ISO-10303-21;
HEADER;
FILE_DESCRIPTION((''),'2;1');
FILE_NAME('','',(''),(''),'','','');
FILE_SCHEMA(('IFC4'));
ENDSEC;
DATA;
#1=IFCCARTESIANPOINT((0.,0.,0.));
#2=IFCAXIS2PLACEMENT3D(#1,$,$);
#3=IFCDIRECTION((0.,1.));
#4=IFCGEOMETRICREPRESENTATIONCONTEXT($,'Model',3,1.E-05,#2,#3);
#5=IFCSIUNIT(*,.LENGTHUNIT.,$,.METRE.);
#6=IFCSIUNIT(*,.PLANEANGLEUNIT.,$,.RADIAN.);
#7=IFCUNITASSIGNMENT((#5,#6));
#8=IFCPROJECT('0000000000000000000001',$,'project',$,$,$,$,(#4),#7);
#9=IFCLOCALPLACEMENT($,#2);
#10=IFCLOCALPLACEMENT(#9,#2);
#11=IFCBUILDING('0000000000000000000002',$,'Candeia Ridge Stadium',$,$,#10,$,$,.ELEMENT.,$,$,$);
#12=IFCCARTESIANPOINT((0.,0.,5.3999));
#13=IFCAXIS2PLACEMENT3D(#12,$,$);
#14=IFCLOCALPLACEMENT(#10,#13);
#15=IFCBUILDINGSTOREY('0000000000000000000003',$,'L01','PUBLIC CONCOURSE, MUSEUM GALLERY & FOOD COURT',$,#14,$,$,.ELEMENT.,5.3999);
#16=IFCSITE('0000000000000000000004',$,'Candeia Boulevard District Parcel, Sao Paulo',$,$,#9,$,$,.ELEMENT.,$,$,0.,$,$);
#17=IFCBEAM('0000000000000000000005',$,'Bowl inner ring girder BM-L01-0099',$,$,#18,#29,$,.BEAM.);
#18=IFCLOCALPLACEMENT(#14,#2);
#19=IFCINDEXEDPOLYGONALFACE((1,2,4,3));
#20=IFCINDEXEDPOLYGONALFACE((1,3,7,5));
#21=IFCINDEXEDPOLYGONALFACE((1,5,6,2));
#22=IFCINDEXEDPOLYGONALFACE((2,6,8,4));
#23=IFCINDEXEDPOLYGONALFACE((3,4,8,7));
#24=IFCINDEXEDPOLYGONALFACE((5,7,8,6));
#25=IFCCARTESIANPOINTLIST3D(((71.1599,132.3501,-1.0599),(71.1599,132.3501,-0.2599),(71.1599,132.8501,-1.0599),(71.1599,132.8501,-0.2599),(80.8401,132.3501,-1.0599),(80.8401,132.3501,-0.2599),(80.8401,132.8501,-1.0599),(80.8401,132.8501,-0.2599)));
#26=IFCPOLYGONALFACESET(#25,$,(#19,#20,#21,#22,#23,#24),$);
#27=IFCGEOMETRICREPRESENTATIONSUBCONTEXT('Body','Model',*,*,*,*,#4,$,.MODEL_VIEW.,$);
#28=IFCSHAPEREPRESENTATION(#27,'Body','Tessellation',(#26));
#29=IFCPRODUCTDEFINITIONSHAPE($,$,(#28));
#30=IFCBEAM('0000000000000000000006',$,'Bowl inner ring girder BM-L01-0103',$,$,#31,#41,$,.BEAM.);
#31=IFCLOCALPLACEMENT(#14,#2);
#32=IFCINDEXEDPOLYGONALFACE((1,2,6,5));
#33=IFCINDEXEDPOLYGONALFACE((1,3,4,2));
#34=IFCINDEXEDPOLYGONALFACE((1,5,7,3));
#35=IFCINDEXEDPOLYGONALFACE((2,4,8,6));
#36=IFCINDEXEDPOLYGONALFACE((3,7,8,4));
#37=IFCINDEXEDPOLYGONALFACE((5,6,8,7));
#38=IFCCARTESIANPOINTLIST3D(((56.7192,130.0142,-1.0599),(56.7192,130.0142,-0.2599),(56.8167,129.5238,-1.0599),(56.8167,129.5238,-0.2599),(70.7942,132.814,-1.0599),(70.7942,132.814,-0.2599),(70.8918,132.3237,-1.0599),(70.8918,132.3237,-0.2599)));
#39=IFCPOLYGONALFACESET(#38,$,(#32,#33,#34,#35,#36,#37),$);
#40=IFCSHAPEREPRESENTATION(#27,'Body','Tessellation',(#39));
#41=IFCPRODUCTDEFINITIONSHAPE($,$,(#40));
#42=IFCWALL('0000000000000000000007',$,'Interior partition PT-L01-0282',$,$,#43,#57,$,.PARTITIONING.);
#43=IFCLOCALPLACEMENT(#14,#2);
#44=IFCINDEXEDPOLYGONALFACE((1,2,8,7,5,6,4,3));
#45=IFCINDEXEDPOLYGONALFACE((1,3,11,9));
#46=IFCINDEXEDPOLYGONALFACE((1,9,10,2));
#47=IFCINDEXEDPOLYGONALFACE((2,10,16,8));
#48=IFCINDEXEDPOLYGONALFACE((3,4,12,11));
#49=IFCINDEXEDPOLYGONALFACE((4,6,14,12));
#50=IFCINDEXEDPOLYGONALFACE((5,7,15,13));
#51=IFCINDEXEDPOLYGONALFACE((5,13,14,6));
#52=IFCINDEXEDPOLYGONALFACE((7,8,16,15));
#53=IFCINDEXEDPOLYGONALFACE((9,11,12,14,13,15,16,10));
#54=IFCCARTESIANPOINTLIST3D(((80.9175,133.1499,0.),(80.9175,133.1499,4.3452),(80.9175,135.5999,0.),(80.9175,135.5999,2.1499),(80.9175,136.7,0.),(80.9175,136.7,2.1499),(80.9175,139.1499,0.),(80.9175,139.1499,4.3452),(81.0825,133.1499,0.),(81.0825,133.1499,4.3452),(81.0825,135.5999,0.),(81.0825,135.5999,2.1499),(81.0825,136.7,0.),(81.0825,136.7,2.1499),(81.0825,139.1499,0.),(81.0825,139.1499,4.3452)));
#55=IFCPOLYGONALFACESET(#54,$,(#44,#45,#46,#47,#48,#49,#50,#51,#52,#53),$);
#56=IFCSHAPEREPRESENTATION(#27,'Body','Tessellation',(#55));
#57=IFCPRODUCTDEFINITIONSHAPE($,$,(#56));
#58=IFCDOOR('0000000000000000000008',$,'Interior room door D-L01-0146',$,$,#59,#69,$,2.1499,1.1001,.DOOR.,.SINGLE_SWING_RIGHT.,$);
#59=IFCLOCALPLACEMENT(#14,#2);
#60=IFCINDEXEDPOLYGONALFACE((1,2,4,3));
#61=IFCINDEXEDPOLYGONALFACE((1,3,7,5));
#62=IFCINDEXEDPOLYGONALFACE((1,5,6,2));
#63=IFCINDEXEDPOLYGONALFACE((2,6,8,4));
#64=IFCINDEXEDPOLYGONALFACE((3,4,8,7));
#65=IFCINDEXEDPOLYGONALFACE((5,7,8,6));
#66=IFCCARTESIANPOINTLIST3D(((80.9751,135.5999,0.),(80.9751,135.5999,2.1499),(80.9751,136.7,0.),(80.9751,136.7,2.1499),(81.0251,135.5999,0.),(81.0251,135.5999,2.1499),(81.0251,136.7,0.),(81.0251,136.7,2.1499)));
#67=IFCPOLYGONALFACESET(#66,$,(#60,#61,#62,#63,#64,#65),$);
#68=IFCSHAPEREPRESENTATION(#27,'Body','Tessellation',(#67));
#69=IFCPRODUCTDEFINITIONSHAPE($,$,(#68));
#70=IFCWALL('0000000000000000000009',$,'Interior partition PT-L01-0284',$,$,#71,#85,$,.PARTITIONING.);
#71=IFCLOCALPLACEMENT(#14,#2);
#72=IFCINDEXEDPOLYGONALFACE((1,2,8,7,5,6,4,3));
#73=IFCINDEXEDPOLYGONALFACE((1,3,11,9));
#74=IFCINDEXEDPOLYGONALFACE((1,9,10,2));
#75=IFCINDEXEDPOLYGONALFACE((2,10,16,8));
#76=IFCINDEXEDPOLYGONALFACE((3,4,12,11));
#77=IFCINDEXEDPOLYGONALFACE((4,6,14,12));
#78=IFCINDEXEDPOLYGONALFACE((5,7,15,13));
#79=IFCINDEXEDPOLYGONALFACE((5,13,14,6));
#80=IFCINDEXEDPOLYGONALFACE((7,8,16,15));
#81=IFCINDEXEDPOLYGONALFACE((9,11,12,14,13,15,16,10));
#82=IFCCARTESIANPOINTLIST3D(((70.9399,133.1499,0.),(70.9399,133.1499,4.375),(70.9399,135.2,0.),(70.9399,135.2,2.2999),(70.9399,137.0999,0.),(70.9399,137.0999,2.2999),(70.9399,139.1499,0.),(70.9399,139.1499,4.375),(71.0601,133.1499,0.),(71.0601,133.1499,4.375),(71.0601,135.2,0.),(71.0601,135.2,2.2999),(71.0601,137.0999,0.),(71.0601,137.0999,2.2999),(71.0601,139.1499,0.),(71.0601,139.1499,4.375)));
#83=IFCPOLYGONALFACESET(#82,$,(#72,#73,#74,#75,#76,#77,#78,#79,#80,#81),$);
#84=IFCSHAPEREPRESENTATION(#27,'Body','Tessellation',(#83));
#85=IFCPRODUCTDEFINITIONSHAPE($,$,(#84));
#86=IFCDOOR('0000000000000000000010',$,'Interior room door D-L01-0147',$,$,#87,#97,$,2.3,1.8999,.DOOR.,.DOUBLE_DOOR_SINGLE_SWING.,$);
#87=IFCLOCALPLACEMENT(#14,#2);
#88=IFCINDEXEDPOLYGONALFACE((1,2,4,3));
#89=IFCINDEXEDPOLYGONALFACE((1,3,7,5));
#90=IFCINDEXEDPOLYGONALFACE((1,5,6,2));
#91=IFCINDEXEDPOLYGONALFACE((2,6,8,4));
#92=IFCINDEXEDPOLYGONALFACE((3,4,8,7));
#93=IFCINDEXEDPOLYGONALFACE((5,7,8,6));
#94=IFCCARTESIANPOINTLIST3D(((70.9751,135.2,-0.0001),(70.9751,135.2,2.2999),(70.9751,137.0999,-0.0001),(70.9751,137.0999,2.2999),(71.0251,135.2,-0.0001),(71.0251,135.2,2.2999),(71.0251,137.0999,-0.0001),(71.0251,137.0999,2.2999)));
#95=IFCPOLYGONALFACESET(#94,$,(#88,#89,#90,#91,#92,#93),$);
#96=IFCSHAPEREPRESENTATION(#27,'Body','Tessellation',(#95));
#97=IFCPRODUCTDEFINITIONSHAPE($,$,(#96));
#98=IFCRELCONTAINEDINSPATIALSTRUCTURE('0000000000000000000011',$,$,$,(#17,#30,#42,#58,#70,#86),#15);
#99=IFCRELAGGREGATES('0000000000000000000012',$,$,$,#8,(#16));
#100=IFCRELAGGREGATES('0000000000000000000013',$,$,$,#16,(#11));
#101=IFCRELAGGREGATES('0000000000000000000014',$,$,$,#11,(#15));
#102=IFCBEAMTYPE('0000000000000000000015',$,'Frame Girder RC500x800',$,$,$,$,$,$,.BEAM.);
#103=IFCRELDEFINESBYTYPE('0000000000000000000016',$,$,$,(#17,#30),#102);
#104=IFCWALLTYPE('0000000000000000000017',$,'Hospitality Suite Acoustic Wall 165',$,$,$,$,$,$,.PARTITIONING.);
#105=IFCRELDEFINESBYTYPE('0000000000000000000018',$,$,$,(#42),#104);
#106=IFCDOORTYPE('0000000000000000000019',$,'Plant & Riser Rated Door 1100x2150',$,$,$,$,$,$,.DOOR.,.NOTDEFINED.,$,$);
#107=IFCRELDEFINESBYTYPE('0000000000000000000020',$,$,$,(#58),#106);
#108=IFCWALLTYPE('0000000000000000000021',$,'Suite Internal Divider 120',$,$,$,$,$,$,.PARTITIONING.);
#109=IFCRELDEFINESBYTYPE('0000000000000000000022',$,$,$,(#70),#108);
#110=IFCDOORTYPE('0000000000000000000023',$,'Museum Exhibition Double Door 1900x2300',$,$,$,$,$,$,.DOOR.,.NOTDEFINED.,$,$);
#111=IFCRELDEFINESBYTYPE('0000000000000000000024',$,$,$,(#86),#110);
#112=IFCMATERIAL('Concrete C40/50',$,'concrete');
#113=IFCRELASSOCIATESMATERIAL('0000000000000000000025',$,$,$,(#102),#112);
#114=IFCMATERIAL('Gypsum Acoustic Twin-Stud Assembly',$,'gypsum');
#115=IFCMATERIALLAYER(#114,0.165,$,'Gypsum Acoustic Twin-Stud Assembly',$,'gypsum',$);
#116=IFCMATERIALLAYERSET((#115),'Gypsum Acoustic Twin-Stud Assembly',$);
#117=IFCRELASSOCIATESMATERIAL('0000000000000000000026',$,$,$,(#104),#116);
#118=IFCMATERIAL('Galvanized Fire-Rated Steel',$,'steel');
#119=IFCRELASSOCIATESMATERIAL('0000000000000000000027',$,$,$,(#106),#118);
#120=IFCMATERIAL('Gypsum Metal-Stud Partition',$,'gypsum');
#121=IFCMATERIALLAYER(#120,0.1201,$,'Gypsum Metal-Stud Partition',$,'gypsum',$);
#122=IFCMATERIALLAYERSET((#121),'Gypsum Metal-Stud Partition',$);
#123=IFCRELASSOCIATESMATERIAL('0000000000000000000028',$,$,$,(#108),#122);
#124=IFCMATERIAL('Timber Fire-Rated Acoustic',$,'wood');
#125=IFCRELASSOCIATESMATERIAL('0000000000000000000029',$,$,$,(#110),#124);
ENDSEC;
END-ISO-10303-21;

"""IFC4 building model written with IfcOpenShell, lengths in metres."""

from ifc_helpers import new_model, si_unit, direction, frame, frame_2d, origin, origin_2d, place, context, subcontext, project, spatial, rectangle, extrude, material, layer, layer_set, material_profile, profile_set, type_object, element, fill, save


model = new_model("IFC4")

# Units and contexts
model_context = context("Model", 3, precision=1e-05, world=origin(), true_north=direction((0.0, 1.0)))
body_context = subcontext(model_context, "Body", "Model", "MODEL_VIEW")
ifc_project = project(units=[si_unit("LENGTHUNIT", "METRE"), si_unit("PLANEANGLEUNIT", "RADIAN")], contexts=[model_context])

# Site, building, storey
site_placement = place(None, origin())
site = spatial("IfcSite", under=ifc_project, at=site_placement, Name="Candeia Boulevard District Parcel, Sao Paulo", CompositionType="ELEMENT", RefElevation=0.0)
building_placement = place(site_placement, origin())
building = spatial("IfcBuilding", under=site, at=building_placement, Name="Candeia Ridge Stadium", CompositionType="ELEMENT")
storey_placement = place(building_placement, frame((0.0, 0.0, 5.3999)))
storey = spatial("IfcBuildingStorey", under=building, at=storey_placement, Name="L01", Description="PUBLIC CONCOURSE, MUSEUM GALLERY & FOOD COURT", CompositionType="ELEMENT", Elevation=5.3999)

# Shared definitions
ifc_material_1 = material(Name="Concrete C40/50", Category="concrete")

# Beams
ifc_material_profile_1 = material_profile(ifc_material_1, rectangle(XDim=0.5, YDim=0.8, at=origin_2d()), Name="RC500x800", Category="concrete")
ifc_profile_set_1 = profile_set([ifc_material_profile_1], Name="Concrete C40/50")
beam_type_1 = type_object("IfcBeamType", Name="Frame Girder RC500x800", PredefinedType="BEAM", material=ifc_profile_set_1)
for number, where, z_axis, x_axis, name in (
    (1, (80.8401, 132.6001, -0.6599), (-1.0, 0.0, 0.0), (0.0, -1.0, 0.0), "Bowl inner ring girder BM-L01-0099"),
):
    element("IfcBeam", number, at=place(storey_placement, frame(where, z_axis=z_axis, x_axis=x_axis)), inside=storey, type_object=beam_type_1, Name=name, PredefinedType="BEAM", context=body_context, shape_type="SweptSolid", body=[
        extrude(rectangle(XDim=0.5, YDim=0.8, at=origin_2d()), origin(), (0.0, 0.0, 1.0), 9.6802),
    ])
beam_1_placement = place(storey_placement, frame((70.843, 132.5688, -0.6599), z_axis=(-0.980784, -0.195099, 0.0), x_axis=(0.195099, -0.980784, 0.0)))
element("IfcBeam", 2, at=beam_1_placement, inside=storey, type_object=beam_type_1, Name="Bowl inner ring girder BM-L01-0103", PredefinedType="BEAM", context=body_context, shape_type="SweptSolid", body=[
    extrude(rectangle(XDim=0.5, YDim=0.8, at=origin_2d()), origin(), (0.0, 0.0, 1.0), 14.3508),
])

# Walls, openings, doors
ifc_material_2 = material(Name="Gypsum Acoustic Twin-Stud Assembly", Category="gypsum")
ifc_layer_1 = layer(ifc_material_2, 0.165, Name="Gypsum Acoustic Twin-Stud Assembly", Category="gypsum")
ifc_layer_set_1 = layer_set([ifc_layer_1], Name="Gypsum Acoustic Twin-Stud Assembly")
wall_type_1 = type_object("IfcWallType", Name="Hospitality Suite Acoustic Wall 165", PredefinedType="PARTITIONING", material=ifc_layer_set_1)
wall_1_placement = place(storey_placement, frame((81.0, 133.1499, 0.0), z_axis=(0.0, 0.0, 1.0), x_axis=(0.0, 1.0, 0.0)))
wall_1 = element("IfcWall", 3, at=wall_1_placement, inside=storey, type_object=wall_type_1, Name="Interior partition PT-L01-0282", PredefinedType="PARTITIONING", context=body_context, shape_type="SweptSolid", body=[
    extrude(rectangle(XDim=6.0, YDim=0.165, at=frame_2d((3.0, 0.0))), origin(), (0.0, 0.0, 1.0), 4.3452),
])
opening_1_placement = place(wall_1_placement, frame((2.45, 0.0, 0.0)))
opening_1 = element("IfcOpeningElement", 4, at=opening_1_placement, cuts=wall_1, PredefinedType="OPENING", context=body_context, shape_type="SweptSolid", body=[
    extrude(rectangle(XDim=1.1001, YDim=2.1499, at=frame_2d((0.55, 1.075))), frame((0.0, 0.0925, 0.0), z_axis=(0.0, -1.0, 0.0), x_axis=(1.0, 0.0, 0.0)), (0.0, 0.0, 1.0), 0.1851),
])
ifc_material_3 = material(Name="Galvanized Fire-Rated Steel", Category="steel")
door_type_1 = type_object("IfcDoorType", Name="Plant & Riser Rated Door 1100x2150", OperationType="NOTDEFINED", PredefinedType="DOOR", material=ifc_material_3)
door_1_placement = place(opening_1_placement, origin())
door_1 = element("IfcDoor", 5, at=door_1_placement, inside=storey, type_object=door_type_1, Name="Interior room door D-L01-0146", OperationType="SINGLE_SWING_RIGHT", OverallHeight=2.1499, OverallWidth=1.1001, PredefinedType="DOOR", context=body_context, shape_type="SweptSolid", body=[
    extrude(rectangle(XDim=1.1001, YDim=2.1499, at=frame_2d((0.55, 1.075))), frame((0.0, 0.0249, 0.0), z_axis=(0.0, -1.0, 0.0), x_axis=(1.0, 0.0, 0.0)), (0.0, 0.0, 1.0), 0.05),
])
fill(opening_1, door_1)
ifc_material_4 = material(Name="Gypsum Metal-Stud Partition", Category="gypsum")
ifc_layer_2 = layer(ifc_material_4, 0.1201, Name="Gypsum Metal-Stud Partition", Category="gypsum")
ifc_layer_set_2 = layer_set([ifc_layer_2], Name="Gypsum Metal-Stud Partition")
wall_type_2 = type_object("IfcWallType", Name="Suite Internal Divider 120", PredefinedType="PARTITIONING", material=ifc_layer_set_2)
wall_2_placement = place(storey_placement, frame((71.0, 133.1499, 0.0), z_axis=(0.0, 0.0, 1.0), x_axis=(0.0, 1.0, 0.0)))
wall_2 = element("IfcWall", 6, at=wall_2_placement, inside=storey, type_object=wall_type_2, Name="Interior partition PT-L01-0284", PredefinedType="PARTITIONING", context=body_context, shape_type="SweptSolid", body=[
    extrude(rectangle(XDim=6.0, YDim=0.1201, at=frame_2d((3.0, 0.0))), origin(), (0.0, 0.0, 1.0), 4.375),
])
opening_2_placement = place(wall_2_placement, frame((2.05, 0.0, 0.0)))
opening_2 = element("IfcOpeningElement", 7, at=opening_2_placement, cuts=wall_2, PredefinedType="OPENING", context=body_context, shape_type="SweptSolid", body=[
    extrude(rectangle(XDim=1.8999, YDim=2.3, at=frame_2d((0.95, 1.1499))), frame((0.0, 0.0701, 0.0), z_axis=(0.0, -1.0, 0.0), x_axis=(1.0, 0.0, 0.0)), (0.0, 0.0, 1.0), 0.1401),
])
ifc_material_5 = material(Name="Timber Fire-Rated Acoustic", Category="wood")
door_type_2 = type_object("IfcDoorType", Name="Museum Exhibition Double Door 1900x2300", OperationType="NOTDEFINED", PredefinedType="DOOR", material=ifc_material_5)
door_2_placement = place(opening_2_placement, origin())
door_2 = element("IfcDoor", 8, at=door_2_placement, inside=storey, type_object=door_type_2, Name="Interior room door D-L01-0147", OperationType="DOUBLE_DOOR_SINGLE_SWING", OverallHeight=2.3, OverallWidth=1.8999, PredefinedType="DOOR", context=body_context, shape_type="SweptSolid", body=[
    extrude(rectangle(XDim=1.8999, YDim=2.3, at=frame_2d((0.95, 1.1499))), frame((0.0, 0.0249, 0.0), z_axis=(0.0, -1.0, 0.0), x_axis=(1.0, 0.0, 0.0)), (0.0, 0.0, 1.0), 0.05),
])
fill(opening_2, door_2)

save(model, "model.ifc")
